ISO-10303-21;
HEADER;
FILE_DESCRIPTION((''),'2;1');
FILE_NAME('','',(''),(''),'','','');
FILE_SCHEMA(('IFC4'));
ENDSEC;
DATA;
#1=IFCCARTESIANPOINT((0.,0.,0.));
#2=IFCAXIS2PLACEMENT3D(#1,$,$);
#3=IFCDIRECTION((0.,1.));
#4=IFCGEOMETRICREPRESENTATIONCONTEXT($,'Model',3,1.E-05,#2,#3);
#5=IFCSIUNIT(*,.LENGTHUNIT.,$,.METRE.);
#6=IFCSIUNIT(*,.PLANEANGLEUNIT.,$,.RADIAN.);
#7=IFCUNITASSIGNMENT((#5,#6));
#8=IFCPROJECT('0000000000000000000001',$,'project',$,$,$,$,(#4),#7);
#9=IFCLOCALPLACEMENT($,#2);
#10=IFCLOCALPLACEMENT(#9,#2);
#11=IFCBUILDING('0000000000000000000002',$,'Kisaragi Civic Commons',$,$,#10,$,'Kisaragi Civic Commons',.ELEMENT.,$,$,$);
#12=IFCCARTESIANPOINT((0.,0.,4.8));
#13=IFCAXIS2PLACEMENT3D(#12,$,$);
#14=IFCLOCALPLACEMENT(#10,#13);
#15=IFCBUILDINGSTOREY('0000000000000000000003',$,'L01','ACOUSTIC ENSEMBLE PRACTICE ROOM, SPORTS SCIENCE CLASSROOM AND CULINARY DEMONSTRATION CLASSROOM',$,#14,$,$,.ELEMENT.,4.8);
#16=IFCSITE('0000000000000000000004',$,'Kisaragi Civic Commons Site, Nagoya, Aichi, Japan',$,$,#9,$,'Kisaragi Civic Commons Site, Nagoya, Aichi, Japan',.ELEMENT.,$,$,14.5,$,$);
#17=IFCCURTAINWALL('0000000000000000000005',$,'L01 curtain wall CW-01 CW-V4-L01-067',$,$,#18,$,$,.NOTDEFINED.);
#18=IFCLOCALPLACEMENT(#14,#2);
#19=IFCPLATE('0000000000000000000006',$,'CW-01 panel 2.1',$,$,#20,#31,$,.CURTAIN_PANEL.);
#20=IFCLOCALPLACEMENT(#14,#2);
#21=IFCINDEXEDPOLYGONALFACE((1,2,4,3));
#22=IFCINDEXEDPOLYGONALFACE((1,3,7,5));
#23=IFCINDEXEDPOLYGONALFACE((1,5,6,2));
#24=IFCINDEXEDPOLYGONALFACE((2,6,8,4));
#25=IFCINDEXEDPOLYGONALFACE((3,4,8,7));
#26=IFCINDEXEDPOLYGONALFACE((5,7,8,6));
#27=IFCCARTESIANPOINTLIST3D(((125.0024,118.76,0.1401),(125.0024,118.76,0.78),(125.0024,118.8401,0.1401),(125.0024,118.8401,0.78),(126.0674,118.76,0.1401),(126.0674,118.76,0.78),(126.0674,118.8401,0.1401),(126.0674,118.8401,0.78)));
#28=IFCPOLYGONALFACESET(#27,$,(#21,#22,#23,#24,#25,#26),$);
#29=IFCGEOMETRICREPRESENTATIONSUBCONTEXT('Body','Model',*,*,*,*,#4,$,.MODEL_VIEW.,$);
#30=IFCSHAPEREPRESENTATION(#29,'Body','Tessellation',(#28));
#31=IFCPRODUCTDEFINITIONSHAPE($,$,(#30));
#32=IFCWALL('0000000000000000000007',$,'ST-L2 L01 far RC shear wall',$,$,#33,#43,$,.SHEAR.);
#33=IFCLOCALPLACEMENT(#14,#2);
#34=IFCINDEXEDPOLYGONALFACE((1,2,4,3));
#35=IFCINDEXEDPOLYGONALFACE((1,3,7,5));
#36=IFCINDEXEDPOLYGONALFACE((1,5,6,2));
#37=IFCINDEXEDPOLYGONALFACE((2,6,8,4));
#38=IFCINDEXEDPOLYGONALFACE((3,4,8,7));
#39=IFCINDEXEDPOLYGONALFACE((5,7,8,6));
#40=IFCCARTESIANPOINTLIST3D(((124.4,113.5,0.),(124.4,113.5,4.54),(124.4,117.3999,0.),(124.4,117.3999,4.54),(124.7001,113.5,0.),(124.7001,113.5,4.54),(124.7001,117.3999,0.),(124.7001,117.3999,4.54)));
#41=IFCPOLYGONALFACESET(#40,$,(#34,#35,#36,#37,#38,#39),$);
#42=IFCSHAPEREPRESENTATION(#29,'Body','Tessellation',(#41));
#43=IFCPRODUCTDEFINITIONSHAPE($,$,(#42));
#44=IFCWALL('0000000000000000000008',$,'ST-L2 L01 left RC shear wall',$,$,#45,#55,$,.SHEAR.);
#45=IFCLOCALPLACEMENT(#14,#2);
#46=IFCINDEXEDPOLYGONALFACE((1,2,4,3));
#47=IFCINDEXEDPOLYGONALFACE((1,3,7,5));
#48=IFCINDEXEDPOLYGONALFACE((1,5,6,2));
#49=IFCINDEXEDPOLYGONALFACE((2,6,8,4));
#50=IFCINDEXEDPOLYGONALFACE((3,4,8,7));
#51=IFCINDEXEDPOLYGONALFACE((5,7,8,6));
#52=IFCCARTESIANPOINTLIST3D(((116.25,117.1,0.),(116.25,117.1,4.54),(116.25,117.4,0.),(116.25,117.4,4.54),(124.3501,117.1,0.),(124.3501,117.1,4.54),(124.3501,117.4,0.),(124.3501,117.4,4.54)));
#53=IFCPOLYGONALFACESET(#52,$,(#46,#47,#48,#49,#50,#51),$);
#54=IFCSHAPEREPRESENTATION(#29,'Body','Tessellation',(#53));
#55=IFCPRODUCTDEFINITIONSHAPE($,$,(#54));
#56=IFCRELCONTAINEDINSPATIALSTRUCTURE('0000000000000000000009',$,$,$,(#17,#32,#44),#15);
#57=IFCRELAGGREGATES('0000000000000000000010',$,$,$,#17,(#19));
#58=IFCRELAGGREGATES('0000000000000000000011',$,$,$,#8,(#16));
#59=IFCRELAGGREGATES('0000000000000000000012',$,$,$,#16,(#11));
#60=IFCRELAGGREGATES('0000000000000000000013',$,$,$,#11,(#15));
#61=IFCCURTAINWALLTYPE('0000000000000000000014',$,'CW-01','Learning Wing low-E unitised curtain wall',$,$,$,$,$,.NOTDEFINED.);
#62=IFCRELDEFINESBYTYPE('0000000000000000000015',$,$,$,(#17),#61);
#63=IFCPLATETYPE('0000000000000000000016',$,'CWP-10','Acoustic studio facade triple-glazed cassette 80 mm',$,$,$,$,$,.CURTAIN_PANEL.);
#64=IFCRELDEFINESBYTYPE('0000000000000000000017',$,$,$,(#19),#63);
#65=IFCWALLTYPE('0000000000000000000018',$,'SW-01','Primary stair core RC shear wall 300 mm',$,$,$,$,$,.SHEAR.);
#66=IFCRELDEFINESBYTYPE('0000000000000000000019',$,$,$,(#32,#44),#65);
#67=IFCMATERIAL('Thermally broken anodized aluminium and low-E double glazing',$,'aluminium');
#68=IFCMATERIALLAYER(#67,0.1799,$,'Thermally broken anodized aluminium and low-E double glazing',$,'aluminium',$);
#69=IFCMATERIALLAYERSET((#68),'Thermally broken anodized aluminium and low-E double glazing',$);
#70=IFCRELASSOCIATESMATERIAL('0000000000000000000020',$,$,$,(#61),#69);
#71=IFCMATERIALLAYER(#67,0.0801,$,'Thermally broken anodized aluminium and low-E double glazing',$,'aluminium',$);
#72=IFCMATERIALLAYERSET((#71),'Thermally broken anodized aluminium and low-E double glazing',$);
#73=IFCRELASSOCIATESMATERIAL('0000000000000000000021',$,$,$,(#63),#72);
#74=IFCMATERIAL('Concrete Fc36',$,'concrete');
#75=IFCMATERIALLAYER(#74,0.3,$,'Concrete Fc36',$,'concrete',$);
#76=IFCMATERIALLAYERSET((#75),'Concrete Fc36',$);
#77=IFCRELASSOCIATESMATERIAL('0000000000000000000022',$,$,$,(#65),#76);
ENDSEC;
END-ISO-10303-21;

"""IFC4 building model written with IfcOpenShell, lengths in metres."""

from ifc_helpers import new_model, si_unit, direction, frame, frame_2d, origin, origin_2d, place, context, subcontext, project, spatial, rectangle, extrude, material, layer, layer_set, type_object, element, aggregate, save


model = new_model("IFC4")

# Units and contexts
model_context = context("Model", 3, precision=1e-05, world=origin(), true_north=direction((0.0, 1.0)))
body_context = subcontext(model_context, "Body", "Model", "MODEL_VIEW")
ifc_project = project(units=[si_unit("LENGTHUNIT", "METRE"), si_unit("PLANEANGLEUNIT", "RADIAN")], contexts=[model_context])

# Site, building, storey
site_placement = place(None, origin())
site = spatial("IfcSite", under=ifc_project, at=site_placement, Name="Kisaragi Civic Commons Site, Nagoya, Aichi, Japan", LongName="Kisaragi Civic Commons Site, Nagoya, Aichi, Japan", CompositionType="ELEMENT", RefElevation=14.5)
building_placement = place(site_placement, origin())
building = spatial("IfcBuilding", under=site, at=building_placement, Name="Kisaragi Civic Commons", LongName="Kisaragi Civic Commons", CompositionType="ELEMENT")
storey_placement = place(building_placement, frame((0.0, 0.0, 4.8)))
storey = spatial("IfcBuildingStorey", under=building, at=storey_placement, Name="L01", Description="ACOUSTIC ENSEMBLE PRACTICE ROOM, SPORTS SCIENCE CLASSROOM AND CULINARY DEMONSTRATION CLASSROOM", CompositionType="ELEMENT", Elevation=4.8)

# Shared definitions
ifc_material_1 = material(Name="Concrete Fc36", Category="concrete")

# Shared definitions
ifc_material_2 = material(Name="Thermally broken anodized aluminium and low-E double glazing", Category="aluminium")
ifc_layer_1 = layer(ifc_material_2, 0.1799, Name="Thermally broken anodized aluminium and low-E double glazing", Category="aluminium")
ifc_layer_set_1 = layer_set([ifc_layer_1], Name="Thermally broken anodized aluminium and low-E double glazing")
curtain_wall_type = type_object("IfcCurtainWallType", Name="CW-01", Description="Learning Wing low-E unitised curtain wall", PredefinedType="NOTDEFINED", material=ifc_layer_set_1)

# Curtain wall
curtain_wall_1_placement = place(storey_placement, origin())
curtain_wall_1 = element("IfcCurtainWall", 1, at=curtain_wall_1_placement, inside=storey, type_object=curtain_wall_type, Name="L01 curtain wall CW-01 CW-V4-L01-067", PredefinedType="NOTDEFINED")

# Plate
ifc_layer_2 = layer(ifc_material_2, 0.0801, Name="Thermally broken anodized aluminium and low-E double glazing", Category="aluminium")
ifc_layer_set_2 = layer_set([ifc_layer_2], Name="Thermally broken anodized aluminium and low-E double glazing")
plate_type = type_object("IfcPlateType", Name="CWP-10", Description="Acoustic studio facade triple-glazed cassette 80 mm", PredefinedType="CURTAIN_PANEL", material=ifc_layer_set_2)
plate_1_placement = place(storey_placement, frame((125.5349, 118.8, 0.1401), z_axis=(0.0, 0.0, 1.0), x_axis=(1.0, 0.0, 0.0)))
plate_1 = element("IfcPlate", 2, at=plate_1_placement, type_object=plate_type, Name="CW-01 panel 2.1", PredefinedType="CURTAIN_PANEL", context=body_context, shape_type="SweptSolid", body=[
    extrude(rectangle(XDim=1.0649, YDim=0.0801, at=origin_2d()), origin(), (0.0, 0.0, 1.0), 0.6399),
])
aggregate(curtain_wall_1, [plate_1])

# Walls
ifc_layer_3 = layer(ifc_material_1, 0.3, Name="Concrete Fc36", Category="concrete")
ifc_layer_set_3 = layer_set([ifc_layer_3], Name="Concrete Fc36")
wall_type = type_object("IfcWallType", Name="SW-01", Description="Primary stair core RC shear wall 300 mm", PredefinedType="SHEAR", material=ifc_layer_set_3)
wall_1_placement = place(storey_placement, frame((124.55, 113.5, 0.0), z_axis=(0.0, 0.0, 1.0), x_axis=(0.0, 1.0, 0.0)))
element("IfcWall", 3, at=wall_1_placement, inside=storey, type_object=wall_type, Name="ST-L2 L01 far RC shear wall", PredefinedType="SHEAR", context=body_context, shape_type="SweptSolid", body=[
    extrude(rectangle(XDim=3.8999, YDim=0.3, at=frame_2d((1.95, 0.0))), origin(), (0.0, 0.0, 1.0), 4.54),
])
wall_2_placement = place(storey_placement, frame((124.3501, 117.25, 0.0), z_axis=(0.0, 0.0, 1.0), x_axis=(-1.0, 0.0, 0.0)))
element("IfcWall", 4, at=wall_2_placement, inside=storey, type_object=wall_type, Name="ST-L2 L01 left RC shear wall", PredefinedType="SHEAR", context=body_context, shape_type="SweptSolid", body=[
    extrude(rectangle(XDim=8.1001, YDim=0.3, at=frame_2d((4.05, 0.0))), origin(), (0.0, 0.0, 1.0), 4.54),
])

save(model, "model.ifc")
